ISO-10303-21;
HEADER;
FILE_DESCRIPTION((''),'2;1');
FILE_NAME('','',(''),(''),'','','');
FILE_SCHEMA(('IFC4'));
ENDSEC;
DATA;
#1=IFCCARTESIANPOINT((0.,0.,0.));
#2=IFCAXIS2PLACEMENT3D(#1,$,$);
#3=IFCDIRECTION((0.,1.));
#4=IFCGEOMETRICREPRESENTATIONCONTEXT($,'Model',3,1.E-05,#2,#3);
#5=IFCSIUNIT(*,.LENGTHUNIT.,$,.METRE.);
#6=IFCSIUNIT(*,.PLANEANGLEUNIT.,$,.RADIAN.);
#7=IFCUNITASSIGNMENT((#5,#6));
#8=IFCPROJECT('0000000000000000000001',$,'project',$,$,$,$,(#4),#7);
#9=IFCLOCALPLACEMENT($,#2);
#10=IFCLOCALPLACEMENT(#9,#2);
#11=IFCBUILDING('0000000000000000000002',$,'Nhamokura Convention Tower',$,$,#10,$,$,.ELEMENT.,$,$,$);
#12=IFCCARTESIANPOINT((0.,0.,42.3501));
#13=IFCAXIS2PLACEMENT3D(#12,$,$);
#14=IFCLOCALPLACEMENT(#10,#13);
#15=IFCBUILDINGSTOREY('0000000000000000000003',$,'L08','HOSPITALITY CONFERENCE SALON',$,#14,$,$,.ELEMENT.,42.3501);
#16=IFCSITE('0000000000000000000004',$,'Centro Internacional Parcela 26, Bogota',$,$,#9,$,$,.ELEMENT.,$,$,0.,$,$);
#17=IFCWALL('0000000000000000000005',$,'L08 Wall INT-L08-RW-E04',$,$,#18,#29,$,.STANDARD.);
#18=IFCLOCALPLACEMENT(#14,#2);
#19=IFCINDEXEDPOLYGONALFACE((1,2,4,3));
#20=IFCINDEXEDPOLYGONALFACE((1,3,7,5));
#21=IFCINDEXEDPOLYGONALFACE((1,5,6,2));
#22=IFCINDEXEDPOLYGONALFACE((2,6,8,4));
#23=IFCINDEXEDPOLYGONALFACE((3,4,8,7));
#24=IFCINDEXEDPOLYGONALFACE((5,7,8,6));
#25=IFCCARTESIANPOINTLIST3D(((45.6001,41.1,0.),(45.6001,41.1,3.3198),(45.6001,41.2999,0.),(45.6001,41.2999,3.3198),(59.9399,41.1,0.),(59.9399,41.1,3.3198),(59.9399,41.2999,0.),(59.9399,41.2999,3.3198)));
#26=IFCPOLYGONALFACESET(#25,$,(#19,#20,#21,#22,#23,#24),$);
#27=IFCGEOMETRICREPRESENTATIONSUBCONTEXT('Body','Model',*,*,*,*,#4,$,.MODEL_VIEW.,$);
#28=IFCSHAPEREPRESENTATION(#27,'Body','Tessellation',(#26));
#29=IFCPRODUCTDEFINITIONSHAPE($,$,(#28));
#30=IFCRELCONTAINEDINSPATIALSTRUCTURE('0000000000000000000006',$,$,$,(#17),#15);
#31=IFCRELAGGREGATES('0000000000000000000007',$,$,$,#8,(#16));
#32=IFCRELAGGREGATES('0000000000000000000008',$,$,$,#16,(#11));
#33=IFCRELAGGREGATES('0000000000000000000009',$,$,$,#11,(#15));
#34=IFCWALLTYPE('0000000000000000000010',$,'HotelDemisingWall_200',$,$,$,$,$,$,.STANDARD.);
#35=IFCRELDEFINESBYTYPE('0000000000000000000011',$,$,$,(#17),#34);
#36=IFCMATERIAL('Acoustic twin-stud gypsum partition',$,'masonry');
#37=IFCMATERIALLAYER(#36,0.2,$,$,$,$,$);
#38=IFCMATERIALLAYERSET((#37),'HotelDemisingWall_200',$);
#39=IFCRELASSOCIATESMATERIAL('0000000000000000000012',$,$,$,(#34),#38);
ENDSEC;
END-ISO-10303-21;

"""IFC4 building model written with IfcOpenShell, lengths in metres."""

from ifc_helpers import new_model, si_unit, direction, frame, frame_2d, origin, place, context, subcontext, project, spatial, rectangle, extrude, material, layer, layer_set, type_object, element, save


model = new_model("IFC4")

# Units and contexts
model_context = context("Model", 3, precision=1e-05, world=origin(), true_north=direction((0.0, 1.0)))
body_context = subcontext(model_context, "Body", "Model", "MODEL_VIEW")
ifc_project = project(units=[si_unit("LENGTHUNIT", "METRE"), si_unit("PLANEANGLEUNIT", "RADIAN")], contexts=[model_context])

# Site, building, storey
site_placement = place(None, origin())
site = spatial("IfcSite", under=ifc_project, at=site_placement, Name="Centro Internacional Parcela 26, Bogota", CompositionType="ELEMENT", RefElevation=0.0)
building_placement = place(site_placement, origin())
building = spatial("IfcBuilding", under=site, at=building_placement, Name="Nhamokura Convention Tower", CompositionType="ELEMENT")
storey_placement = place(building_placement, frame((0.0, 0.0, 42.3501)))
storey = spatial("IfcBuildingStorey", under=building, at=storey_placement, Name="L08", Description="HOSPITALITY CONFERENCE SALON", CompositionType="ELEMENT", Elevation=42.3501)

# Wall
ifc_material_1 = material(Name="Acoustic twin-stud gypsum partition", Category="masonry")
ifc_layer_1 = layer(ifc_material_1, 0.2)
ifc_layer_set_1 = layer_set([ifc_layer_1], Name="HotelDemisingWall_200")
wall_type_1 = type_object("IfcWallType", Name="HotelDemisingWall_200", PredefinedType="STANDARD", material=ifc_layer_set_1)
for number, where, z_axis, x_axis, name in (
    (1, (45.6001, 41.2, 0.0), (0.0, 0.0, 1.0), (1.0, 0.0, 0.0), "L08 Wall INT-L08-RW-E04"),
):
    element("IfcWall", number, at=place(storey_placement, frame(where, z_axis=z_axis, x_axis=x_axis)), inside=storey, type_object=wall_type_1, Name=name, PredefinedType="STANDARD", context=body_context, shape_type="SweptSolid", body=[
        extrude(rectangle(XDim=14.3398, YDim=0.2, at=frame_2d((7.1699, 0.0))), origin(), (0.0, 0.0, 1.0), 3.3198),
    ])

save(model, "model.ifc")
